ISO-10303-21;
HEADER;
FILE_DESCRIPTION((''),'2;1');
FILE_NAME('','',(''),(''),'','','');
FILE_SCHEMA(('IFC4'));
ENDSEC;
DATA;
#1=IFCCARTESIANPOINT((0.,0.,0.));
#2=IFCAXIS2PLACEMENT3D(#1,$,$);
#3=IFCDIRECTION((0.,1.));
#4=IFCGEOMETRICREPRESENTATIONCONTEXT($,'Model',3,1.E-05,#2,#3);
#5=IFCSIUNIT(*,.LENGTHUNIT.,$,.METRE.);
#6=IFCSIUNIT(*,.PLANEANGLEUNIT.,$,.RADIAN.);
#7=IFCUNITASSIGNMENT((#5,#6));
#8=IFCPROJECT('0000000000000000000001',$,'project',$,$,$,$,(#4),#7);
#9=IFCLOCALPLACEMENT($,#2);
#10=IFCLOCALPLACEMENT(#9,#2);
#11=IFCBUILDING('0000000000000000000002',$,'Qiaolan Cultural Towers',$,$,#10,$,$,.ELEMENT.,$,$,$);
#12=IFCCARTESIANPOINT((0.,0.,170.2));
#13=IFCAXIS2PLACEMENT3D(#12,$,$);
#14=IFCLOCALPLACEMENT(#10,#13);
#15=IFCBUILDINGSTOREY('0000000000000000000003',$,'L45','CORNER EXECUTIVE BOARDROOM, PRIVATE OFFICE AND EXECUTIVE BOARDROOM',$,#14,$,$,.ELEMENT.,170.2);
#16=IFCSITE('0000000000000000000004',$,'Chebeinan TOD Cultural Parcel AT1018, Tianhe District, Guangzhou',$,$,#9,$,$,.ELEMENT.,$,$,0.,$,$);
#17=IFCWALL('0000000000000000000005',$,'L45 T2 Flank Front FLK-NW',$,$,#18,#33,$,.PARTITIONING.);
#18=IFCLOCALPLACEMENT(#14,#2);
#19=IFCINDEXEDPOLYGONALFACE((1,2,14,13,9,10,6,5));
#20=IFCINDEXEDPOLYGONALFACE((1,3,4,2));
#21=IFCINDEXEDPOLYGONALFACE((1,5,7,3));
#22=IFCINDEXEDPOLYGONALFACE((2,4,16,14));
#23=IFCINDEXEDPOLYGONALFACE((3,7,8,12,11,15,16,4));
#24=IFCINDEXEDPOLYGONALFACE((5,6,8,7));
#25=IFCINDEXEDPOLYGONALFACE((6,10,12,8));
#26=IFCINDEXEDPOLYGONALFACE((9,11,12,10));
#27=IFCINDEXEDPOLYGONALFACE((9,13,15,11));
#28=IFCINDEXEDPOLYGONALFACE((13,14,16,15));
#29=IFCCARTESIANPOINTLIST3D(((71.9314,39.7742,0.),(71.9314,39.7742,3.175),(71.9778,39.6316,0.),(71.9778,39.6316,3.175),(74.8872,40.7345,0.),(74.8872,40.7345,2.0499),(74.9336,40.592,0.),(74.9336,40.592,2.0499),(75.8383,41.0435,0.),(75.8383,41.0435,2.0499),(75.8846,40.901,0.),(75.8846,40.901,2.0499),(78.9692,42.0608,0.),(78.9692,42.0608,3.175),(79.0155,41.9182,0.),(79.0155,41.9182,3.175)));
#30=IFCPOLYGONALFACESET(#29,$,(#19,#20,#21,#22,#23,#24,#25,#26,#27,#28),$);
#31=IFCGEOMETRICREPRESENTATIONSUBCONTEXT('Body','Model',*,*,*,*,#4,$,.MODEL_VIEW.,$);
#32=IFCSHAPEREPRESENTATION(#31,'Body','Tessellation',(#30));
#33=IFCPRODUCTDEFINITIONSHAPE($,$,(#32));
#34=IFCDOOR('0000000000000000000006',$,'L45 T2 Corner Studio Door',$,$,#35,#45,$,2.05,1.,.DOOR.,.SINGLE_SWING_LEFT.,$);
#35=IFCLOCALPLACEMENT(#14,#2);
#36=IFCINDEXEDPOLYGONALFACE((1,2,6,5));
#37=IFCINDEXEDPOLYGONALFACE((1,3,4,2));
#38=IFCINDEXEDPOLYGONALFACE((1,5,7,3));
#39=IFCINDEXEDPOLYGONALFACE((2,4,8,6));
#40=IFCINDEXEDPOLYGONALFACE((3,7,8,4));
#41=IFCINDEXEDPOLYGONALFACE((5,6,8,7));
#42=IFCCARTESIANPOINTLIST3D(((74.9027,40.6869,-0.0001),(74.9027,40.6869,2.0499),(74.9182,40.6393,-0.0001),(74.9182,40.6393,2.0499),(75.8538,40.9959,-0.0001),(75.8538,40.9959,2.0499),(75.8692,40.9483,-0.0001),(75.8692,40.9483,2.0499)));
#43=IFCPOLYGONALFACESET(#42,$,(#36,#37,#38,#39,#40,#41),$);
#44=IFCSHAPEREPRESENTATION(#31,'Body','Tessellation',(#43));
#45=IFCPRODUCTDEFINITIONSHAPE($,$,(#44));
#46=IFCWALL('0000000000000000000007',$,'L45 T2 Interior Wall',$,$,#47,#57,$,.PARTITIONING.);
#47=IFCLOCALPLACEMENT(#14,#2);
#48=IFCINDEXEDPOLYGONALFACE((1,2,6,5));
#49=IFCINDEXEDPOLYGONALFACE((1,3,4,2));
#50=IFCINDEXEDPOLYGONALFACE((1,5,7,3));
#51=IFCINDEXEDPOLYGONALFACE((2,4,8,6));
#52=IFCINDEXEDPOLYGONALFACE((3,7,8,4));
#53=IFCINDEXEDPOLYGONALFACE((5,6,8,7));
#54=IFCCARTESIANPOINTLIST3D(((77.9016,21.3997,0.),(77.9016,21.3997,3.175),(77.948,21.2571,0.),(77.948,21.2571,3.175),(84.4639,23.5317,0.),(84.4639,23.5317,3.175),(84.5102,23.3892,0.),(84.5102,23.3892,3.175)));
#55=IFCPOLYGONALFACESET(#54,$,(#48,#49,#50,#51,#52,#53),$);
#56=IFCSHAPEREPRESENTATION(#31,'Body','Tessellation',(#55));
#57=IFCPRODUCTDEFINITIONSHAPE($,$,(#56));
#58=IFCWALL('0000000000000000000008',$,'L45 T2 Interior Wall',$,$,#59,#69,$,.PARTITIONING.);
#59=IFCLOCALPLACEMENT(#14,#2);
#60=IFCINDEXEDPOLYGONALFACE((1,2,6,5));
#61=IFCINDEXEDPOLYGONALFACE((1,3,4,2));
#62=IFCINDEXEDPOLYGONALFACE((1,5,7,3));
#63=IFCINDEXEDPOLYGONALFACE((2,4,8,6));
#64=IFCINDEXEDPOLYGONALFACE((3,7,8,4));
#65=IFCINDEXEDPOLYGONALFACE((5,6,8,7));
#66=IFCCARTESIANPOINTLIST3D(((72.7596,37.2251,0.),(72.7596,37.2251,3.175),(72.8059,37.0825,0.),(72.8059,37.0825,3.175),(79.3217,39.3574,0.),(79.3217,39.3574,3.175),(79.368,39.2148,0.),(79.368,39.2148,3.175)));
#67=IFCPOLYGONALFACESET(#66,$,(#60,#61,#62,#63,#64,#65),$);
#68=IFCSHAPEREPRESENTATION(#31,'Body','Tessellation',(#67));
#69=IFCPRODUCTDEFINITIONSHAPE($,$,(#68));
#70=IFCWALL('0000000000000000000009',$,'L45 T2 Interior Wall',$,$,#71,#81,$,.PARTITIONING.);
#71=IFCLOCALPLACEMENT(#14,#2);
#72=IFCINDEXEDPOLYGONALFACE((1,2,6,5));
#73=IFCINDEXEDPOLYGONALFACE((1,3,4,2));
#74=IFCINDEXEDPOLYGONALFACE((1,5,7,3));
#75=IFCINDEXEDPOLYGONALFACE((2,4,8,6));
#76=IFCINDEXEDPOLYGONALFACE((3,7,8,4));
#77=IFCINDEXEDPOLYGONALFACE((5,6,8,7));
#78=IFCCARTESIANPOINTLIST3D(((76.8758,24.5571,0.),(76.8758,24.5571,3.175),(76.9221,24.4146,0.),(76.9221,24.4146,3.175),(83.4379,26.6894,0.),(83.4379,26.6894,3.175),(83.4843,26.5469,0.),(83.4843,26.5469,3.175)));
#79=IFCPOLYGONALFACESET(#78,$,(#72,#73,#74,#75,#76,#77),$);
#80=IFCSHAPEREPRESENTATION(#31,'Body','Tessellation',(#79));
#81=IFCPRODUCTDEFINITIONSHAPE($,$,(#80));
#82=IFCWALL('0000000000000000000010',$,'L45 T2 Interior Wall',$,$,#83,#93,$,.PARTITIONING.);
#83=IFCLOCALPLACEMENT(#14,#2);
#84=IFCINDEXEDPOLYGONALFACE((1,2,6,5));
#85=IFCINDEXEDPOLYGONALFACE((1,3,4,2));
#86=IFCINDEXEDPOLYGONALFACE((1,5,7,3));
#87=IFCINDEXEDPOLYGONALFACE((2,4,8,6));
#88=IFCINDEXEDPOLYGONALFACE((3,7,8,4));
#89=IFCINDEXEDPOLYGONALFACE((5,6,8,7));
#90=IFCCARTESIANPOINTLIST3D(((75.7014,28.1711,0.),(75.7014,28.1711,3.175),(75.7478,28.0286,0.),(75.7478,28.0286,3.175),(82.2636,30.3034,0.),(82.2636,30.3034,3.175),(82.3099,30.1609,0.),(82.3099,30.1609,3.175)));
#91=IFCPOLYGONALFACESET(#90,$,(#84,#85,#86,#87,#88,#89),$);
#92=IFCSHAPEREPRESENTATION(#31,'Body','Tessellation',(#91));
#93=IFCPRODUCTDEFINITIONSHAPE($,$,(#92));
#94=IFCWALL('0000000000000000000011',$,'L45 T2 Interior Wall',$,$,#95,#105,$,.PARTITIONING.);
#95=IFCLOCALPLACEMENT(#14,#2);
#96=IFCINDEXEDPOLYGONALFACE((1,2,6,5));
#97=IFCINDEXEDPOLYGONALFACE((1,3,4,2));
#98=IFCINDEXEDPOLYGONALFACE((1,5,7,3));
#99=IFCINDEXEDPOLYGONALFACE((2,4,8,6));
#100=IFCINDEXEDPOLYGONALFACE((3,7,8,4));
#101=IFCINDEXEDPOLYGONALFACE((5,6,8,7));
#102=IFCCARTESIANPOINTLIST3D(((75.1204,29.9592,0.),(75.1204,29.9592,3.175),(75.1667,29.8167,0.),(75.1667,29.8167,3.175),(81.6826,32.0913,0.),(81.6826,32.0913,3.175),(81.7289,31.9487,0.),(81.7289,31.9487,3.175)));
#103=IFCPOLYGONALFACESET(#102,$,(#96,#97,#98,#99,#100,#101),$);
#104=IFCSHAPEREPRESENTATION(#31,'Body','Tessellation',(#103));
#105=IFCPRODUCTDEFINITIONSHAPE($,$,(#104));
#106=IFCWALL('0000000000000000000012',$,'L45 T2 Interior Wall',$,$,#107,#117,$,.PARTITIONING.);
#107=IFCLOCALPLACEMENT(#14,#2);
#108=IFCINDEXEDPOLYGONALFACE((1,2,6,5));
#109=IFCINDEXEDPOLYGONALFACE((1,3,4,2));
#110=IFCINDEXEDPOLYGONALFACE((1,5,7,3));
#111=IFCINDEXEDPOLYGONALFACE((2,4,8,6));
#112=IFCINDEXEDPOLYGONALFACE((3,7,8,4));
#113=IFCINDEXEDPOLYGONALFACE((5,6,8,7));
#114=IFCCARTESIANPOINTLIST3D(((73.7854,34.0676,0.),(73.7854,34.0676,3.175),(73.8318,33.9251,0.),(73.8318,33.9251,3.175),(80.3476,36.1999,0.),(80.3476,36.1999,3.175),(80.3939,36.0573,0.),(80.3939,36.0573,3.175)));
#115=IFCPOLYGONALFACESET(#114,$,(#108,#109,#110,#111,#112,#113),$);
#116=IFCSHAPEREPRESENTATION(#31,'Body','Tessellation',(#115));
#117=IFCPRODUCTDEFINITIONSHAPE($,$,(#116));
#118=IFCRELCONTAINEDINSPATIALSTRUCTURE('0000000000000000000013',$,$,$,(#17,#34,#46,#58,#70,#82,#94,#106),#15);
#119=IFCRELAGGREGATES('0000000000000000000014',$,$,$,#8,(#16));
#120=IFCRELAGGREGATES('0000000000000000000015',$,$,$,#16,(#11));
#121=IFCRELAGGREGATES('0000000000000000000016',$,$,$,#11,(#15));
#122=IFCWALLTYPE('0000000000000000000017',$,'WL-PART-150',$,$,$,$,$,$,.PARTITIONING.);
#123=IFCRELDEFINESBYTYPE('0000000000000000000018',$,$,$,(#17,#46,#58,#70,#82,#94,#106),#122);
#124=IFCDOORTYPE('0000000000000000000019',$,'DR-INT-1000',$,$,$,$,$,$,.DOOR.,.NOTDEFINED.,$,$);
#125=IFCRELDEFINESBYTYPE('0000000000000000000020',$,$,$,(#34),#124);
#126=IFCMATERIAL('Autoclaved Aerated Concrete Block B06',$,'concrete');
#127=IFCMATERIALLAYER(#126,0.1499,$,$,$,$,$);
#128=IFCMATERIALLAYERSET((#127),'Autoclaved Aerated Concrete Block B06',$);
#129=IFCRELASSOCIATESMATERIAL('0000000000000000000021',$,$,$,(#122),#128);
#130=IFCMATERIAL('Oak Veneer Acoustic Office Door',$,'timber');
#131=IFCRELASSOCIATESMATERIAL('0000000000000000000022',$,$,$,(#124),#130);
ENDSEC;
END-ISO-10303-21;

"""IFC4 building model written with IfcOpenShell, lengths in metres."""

from ifc_helpers import new_model, si_unit, direction, frame, frame_2d, origin, place, context, subcontext, project, spatial, rectangle, extrude, material, layer, layer_set, type_object, element, fill, save


model = new_model("IFC4")

# Units and contexts
model_context = context("Model", 3, precision=1e-05, world=origin(), true_north=direction((0.0, 1.0)))
body_context = subcontext(model_context, "Body", "Model", "MODEL_VIEW")
ifc_project = project(units=[si_unit("LENGTHUNIT", "METRE"), si_unit("PLANEANGLEUNIT", "RADIAN")], contexts=[model_context])

# Site, building, storey
site_placement = place(None, origin())
site = spatial("IfcSite", under=ifc_project, at=site_placement, Name="Chebeinan TOD Cultural Parcel AT1018, Tianhe District, Guangzhou", CompositionType="ELEMENT", RefElevation=0.0)
building_placement = place(site_placement, origin())
building = spatial("IfcBuilding", under=site, at=building_placement, Name="Qiaolan Cultural Towers", CompositionType="ELEMENT")
storey_placement = place(building_placement, frame((0.0, 0.0, 170.2)))
storey = spatial("IfcBuildingStorey", under=building, at=storey_placement, Name="L45", Description="CORNER EXECUTIVE BOARDROOM, PRIVATE OFFICE AND EXECUTIVE BOARDROOM", CompositionType="ELEMENT", Elevation=170.2)

# Wall, opening, door
ifc_material_1 = material(Name="Autoclaved Aerated Concrete Block B06", Category="concrete")
ifc_layer_1 = layer(ifc_material_1, 0.1499)
ifc_layer_set_1 = layer_set([ifc_layer_1], Name="Autoclaved Aerated Concrete Block B06")
wall_type_1 = type_object("IfcWallType", Name="WL-PART-150", PredefinedType="PARTITIONING", material=ifc_layer_set_1)
wall_1_placement = place(storey_placement, frame((71.9546, 39.7029, 0.0), z_axis=(0.0, 0.0, 1.0), x_axis=(0.951061, 0.309003, 0.0)))
wall_1 = element("IfcWall", 1, at=wall_1_placement, inside=storey, type_object=wall_type_1, Name="L45 T2 Flank Front FLK-NW", PredefinedType="PARTITIONING", context=body_context, shape_type="SweptSolid", body=[
    extrude(rectangle(XDim=7.3999, YDim=0.1499, at=frame_2d((3.7, 0.0))), origin(), (0.0, 0.0, 1.0), 3.175),
])
opening_placement = place(wall_1_placement, frame((3.1079, 0.0, 0.0)))
opening = element("IfcOpeningElement", 2, at=opening_placement, cuts=wall_1, PredefinedType="OPENING", context=body_context, shape_type="SweptSolid", body=[
    extrude(rectangle(XDim=1.0, YDim=2.05, at=frame_2d((0.5, 1.0249))), frame((0.0, 0.085, 0.0), z_axis=(0.0, -1.0, 0.0), x_axis=(1.0, 0.0, 0.0)), (0.0, 0.0, 1.0), 0.1699),
])
ifc_material_2 = material(Name="Oak Veneer Acoustic Office Door", Category="timber")
door_type = type_object("IfcDoorType", Name="DR-INT-1000", OperationType="NOTDEFINED", PredefinedType="DOOR", material=ifc_material_2)
door_placement = place(opening_placement, origin())
door = element("IfcDoor", 3, at=door_placement, inside=storey, type_object=door_type, Name="L45 T2 Corner Studio Door", OperationType="SINGLE_SWING_LEFT", OverallHeight=2.05, OverallWidth=1.0, PredefinedType="DOOR", context=body_context, shape_type="SweptSolid", body=[
    extrude(rectangle(XDim=1.0, YDim=2.05, at=frame_2d((0.5, 1.0249))), frame((0.0, 0.0249, 0.0), z_axis=(0.0, -1.0, 0.0), x_axis=(1.0, 0.0, 0.0)), (0.0, 0.0, 1.0), 0.05),
])
fill(opening, door)

# Walls
for number, where, z_axis, x_axis, name in (
    (4, (77.9248, 21.3284, 0.0), (0.0, 0.0, 1.0), (0.951062, 0.309, 0.0), "L45 T2 Interior Wall"),
    (5, (72.7827, 37.1538, 0.0), (0.0, 0.0, 1.0), (0.951051, 0.309032, 0.0), "L45 T2 Interior Wall"),
    (6, (76.8989, 24.4858, 0.0), (0.0, 0.0, 1.0), (0.951051, 0.309032, 0.0), "L45 T2 Interior Wall"),
    (7, (75.7246, 28.0999, 0.0), (0.0, 0.0, 1.0), (0.951051, 0.309032, 0.0), "L45 T2 Interior Wall"),
    (8, (75.1436, 29.8879, 0.0), (0.0, 0.0, 1.0), (0.951062, 0.309, 0.0), "L45 T2 Interior Wall"),
    (9, (73.8086, 33.9963, 0.0), (0.0, 0.0, 1.0), (0.951051, 0.309032, 0.0), "L45 T2 Interior Wall"),
):
    element("IfcWall", number, at=place(storey_placement, frame(where, z_axis=z_axis, x_axis=x_axis)), inside=storey, type_object=wall_type_1, Name=name, PredefinedType="PARTITIONING", context=body_context, shape_type="SweptSolid", body=[
        extrude(rectangle(XDim=6.8999, YDim=0.1499, at=frame_2d((3.45, 0.0))), origin(), (0.0, 0.0, 1.0), 3.175),
    ])

save(model, "model.ifc")
